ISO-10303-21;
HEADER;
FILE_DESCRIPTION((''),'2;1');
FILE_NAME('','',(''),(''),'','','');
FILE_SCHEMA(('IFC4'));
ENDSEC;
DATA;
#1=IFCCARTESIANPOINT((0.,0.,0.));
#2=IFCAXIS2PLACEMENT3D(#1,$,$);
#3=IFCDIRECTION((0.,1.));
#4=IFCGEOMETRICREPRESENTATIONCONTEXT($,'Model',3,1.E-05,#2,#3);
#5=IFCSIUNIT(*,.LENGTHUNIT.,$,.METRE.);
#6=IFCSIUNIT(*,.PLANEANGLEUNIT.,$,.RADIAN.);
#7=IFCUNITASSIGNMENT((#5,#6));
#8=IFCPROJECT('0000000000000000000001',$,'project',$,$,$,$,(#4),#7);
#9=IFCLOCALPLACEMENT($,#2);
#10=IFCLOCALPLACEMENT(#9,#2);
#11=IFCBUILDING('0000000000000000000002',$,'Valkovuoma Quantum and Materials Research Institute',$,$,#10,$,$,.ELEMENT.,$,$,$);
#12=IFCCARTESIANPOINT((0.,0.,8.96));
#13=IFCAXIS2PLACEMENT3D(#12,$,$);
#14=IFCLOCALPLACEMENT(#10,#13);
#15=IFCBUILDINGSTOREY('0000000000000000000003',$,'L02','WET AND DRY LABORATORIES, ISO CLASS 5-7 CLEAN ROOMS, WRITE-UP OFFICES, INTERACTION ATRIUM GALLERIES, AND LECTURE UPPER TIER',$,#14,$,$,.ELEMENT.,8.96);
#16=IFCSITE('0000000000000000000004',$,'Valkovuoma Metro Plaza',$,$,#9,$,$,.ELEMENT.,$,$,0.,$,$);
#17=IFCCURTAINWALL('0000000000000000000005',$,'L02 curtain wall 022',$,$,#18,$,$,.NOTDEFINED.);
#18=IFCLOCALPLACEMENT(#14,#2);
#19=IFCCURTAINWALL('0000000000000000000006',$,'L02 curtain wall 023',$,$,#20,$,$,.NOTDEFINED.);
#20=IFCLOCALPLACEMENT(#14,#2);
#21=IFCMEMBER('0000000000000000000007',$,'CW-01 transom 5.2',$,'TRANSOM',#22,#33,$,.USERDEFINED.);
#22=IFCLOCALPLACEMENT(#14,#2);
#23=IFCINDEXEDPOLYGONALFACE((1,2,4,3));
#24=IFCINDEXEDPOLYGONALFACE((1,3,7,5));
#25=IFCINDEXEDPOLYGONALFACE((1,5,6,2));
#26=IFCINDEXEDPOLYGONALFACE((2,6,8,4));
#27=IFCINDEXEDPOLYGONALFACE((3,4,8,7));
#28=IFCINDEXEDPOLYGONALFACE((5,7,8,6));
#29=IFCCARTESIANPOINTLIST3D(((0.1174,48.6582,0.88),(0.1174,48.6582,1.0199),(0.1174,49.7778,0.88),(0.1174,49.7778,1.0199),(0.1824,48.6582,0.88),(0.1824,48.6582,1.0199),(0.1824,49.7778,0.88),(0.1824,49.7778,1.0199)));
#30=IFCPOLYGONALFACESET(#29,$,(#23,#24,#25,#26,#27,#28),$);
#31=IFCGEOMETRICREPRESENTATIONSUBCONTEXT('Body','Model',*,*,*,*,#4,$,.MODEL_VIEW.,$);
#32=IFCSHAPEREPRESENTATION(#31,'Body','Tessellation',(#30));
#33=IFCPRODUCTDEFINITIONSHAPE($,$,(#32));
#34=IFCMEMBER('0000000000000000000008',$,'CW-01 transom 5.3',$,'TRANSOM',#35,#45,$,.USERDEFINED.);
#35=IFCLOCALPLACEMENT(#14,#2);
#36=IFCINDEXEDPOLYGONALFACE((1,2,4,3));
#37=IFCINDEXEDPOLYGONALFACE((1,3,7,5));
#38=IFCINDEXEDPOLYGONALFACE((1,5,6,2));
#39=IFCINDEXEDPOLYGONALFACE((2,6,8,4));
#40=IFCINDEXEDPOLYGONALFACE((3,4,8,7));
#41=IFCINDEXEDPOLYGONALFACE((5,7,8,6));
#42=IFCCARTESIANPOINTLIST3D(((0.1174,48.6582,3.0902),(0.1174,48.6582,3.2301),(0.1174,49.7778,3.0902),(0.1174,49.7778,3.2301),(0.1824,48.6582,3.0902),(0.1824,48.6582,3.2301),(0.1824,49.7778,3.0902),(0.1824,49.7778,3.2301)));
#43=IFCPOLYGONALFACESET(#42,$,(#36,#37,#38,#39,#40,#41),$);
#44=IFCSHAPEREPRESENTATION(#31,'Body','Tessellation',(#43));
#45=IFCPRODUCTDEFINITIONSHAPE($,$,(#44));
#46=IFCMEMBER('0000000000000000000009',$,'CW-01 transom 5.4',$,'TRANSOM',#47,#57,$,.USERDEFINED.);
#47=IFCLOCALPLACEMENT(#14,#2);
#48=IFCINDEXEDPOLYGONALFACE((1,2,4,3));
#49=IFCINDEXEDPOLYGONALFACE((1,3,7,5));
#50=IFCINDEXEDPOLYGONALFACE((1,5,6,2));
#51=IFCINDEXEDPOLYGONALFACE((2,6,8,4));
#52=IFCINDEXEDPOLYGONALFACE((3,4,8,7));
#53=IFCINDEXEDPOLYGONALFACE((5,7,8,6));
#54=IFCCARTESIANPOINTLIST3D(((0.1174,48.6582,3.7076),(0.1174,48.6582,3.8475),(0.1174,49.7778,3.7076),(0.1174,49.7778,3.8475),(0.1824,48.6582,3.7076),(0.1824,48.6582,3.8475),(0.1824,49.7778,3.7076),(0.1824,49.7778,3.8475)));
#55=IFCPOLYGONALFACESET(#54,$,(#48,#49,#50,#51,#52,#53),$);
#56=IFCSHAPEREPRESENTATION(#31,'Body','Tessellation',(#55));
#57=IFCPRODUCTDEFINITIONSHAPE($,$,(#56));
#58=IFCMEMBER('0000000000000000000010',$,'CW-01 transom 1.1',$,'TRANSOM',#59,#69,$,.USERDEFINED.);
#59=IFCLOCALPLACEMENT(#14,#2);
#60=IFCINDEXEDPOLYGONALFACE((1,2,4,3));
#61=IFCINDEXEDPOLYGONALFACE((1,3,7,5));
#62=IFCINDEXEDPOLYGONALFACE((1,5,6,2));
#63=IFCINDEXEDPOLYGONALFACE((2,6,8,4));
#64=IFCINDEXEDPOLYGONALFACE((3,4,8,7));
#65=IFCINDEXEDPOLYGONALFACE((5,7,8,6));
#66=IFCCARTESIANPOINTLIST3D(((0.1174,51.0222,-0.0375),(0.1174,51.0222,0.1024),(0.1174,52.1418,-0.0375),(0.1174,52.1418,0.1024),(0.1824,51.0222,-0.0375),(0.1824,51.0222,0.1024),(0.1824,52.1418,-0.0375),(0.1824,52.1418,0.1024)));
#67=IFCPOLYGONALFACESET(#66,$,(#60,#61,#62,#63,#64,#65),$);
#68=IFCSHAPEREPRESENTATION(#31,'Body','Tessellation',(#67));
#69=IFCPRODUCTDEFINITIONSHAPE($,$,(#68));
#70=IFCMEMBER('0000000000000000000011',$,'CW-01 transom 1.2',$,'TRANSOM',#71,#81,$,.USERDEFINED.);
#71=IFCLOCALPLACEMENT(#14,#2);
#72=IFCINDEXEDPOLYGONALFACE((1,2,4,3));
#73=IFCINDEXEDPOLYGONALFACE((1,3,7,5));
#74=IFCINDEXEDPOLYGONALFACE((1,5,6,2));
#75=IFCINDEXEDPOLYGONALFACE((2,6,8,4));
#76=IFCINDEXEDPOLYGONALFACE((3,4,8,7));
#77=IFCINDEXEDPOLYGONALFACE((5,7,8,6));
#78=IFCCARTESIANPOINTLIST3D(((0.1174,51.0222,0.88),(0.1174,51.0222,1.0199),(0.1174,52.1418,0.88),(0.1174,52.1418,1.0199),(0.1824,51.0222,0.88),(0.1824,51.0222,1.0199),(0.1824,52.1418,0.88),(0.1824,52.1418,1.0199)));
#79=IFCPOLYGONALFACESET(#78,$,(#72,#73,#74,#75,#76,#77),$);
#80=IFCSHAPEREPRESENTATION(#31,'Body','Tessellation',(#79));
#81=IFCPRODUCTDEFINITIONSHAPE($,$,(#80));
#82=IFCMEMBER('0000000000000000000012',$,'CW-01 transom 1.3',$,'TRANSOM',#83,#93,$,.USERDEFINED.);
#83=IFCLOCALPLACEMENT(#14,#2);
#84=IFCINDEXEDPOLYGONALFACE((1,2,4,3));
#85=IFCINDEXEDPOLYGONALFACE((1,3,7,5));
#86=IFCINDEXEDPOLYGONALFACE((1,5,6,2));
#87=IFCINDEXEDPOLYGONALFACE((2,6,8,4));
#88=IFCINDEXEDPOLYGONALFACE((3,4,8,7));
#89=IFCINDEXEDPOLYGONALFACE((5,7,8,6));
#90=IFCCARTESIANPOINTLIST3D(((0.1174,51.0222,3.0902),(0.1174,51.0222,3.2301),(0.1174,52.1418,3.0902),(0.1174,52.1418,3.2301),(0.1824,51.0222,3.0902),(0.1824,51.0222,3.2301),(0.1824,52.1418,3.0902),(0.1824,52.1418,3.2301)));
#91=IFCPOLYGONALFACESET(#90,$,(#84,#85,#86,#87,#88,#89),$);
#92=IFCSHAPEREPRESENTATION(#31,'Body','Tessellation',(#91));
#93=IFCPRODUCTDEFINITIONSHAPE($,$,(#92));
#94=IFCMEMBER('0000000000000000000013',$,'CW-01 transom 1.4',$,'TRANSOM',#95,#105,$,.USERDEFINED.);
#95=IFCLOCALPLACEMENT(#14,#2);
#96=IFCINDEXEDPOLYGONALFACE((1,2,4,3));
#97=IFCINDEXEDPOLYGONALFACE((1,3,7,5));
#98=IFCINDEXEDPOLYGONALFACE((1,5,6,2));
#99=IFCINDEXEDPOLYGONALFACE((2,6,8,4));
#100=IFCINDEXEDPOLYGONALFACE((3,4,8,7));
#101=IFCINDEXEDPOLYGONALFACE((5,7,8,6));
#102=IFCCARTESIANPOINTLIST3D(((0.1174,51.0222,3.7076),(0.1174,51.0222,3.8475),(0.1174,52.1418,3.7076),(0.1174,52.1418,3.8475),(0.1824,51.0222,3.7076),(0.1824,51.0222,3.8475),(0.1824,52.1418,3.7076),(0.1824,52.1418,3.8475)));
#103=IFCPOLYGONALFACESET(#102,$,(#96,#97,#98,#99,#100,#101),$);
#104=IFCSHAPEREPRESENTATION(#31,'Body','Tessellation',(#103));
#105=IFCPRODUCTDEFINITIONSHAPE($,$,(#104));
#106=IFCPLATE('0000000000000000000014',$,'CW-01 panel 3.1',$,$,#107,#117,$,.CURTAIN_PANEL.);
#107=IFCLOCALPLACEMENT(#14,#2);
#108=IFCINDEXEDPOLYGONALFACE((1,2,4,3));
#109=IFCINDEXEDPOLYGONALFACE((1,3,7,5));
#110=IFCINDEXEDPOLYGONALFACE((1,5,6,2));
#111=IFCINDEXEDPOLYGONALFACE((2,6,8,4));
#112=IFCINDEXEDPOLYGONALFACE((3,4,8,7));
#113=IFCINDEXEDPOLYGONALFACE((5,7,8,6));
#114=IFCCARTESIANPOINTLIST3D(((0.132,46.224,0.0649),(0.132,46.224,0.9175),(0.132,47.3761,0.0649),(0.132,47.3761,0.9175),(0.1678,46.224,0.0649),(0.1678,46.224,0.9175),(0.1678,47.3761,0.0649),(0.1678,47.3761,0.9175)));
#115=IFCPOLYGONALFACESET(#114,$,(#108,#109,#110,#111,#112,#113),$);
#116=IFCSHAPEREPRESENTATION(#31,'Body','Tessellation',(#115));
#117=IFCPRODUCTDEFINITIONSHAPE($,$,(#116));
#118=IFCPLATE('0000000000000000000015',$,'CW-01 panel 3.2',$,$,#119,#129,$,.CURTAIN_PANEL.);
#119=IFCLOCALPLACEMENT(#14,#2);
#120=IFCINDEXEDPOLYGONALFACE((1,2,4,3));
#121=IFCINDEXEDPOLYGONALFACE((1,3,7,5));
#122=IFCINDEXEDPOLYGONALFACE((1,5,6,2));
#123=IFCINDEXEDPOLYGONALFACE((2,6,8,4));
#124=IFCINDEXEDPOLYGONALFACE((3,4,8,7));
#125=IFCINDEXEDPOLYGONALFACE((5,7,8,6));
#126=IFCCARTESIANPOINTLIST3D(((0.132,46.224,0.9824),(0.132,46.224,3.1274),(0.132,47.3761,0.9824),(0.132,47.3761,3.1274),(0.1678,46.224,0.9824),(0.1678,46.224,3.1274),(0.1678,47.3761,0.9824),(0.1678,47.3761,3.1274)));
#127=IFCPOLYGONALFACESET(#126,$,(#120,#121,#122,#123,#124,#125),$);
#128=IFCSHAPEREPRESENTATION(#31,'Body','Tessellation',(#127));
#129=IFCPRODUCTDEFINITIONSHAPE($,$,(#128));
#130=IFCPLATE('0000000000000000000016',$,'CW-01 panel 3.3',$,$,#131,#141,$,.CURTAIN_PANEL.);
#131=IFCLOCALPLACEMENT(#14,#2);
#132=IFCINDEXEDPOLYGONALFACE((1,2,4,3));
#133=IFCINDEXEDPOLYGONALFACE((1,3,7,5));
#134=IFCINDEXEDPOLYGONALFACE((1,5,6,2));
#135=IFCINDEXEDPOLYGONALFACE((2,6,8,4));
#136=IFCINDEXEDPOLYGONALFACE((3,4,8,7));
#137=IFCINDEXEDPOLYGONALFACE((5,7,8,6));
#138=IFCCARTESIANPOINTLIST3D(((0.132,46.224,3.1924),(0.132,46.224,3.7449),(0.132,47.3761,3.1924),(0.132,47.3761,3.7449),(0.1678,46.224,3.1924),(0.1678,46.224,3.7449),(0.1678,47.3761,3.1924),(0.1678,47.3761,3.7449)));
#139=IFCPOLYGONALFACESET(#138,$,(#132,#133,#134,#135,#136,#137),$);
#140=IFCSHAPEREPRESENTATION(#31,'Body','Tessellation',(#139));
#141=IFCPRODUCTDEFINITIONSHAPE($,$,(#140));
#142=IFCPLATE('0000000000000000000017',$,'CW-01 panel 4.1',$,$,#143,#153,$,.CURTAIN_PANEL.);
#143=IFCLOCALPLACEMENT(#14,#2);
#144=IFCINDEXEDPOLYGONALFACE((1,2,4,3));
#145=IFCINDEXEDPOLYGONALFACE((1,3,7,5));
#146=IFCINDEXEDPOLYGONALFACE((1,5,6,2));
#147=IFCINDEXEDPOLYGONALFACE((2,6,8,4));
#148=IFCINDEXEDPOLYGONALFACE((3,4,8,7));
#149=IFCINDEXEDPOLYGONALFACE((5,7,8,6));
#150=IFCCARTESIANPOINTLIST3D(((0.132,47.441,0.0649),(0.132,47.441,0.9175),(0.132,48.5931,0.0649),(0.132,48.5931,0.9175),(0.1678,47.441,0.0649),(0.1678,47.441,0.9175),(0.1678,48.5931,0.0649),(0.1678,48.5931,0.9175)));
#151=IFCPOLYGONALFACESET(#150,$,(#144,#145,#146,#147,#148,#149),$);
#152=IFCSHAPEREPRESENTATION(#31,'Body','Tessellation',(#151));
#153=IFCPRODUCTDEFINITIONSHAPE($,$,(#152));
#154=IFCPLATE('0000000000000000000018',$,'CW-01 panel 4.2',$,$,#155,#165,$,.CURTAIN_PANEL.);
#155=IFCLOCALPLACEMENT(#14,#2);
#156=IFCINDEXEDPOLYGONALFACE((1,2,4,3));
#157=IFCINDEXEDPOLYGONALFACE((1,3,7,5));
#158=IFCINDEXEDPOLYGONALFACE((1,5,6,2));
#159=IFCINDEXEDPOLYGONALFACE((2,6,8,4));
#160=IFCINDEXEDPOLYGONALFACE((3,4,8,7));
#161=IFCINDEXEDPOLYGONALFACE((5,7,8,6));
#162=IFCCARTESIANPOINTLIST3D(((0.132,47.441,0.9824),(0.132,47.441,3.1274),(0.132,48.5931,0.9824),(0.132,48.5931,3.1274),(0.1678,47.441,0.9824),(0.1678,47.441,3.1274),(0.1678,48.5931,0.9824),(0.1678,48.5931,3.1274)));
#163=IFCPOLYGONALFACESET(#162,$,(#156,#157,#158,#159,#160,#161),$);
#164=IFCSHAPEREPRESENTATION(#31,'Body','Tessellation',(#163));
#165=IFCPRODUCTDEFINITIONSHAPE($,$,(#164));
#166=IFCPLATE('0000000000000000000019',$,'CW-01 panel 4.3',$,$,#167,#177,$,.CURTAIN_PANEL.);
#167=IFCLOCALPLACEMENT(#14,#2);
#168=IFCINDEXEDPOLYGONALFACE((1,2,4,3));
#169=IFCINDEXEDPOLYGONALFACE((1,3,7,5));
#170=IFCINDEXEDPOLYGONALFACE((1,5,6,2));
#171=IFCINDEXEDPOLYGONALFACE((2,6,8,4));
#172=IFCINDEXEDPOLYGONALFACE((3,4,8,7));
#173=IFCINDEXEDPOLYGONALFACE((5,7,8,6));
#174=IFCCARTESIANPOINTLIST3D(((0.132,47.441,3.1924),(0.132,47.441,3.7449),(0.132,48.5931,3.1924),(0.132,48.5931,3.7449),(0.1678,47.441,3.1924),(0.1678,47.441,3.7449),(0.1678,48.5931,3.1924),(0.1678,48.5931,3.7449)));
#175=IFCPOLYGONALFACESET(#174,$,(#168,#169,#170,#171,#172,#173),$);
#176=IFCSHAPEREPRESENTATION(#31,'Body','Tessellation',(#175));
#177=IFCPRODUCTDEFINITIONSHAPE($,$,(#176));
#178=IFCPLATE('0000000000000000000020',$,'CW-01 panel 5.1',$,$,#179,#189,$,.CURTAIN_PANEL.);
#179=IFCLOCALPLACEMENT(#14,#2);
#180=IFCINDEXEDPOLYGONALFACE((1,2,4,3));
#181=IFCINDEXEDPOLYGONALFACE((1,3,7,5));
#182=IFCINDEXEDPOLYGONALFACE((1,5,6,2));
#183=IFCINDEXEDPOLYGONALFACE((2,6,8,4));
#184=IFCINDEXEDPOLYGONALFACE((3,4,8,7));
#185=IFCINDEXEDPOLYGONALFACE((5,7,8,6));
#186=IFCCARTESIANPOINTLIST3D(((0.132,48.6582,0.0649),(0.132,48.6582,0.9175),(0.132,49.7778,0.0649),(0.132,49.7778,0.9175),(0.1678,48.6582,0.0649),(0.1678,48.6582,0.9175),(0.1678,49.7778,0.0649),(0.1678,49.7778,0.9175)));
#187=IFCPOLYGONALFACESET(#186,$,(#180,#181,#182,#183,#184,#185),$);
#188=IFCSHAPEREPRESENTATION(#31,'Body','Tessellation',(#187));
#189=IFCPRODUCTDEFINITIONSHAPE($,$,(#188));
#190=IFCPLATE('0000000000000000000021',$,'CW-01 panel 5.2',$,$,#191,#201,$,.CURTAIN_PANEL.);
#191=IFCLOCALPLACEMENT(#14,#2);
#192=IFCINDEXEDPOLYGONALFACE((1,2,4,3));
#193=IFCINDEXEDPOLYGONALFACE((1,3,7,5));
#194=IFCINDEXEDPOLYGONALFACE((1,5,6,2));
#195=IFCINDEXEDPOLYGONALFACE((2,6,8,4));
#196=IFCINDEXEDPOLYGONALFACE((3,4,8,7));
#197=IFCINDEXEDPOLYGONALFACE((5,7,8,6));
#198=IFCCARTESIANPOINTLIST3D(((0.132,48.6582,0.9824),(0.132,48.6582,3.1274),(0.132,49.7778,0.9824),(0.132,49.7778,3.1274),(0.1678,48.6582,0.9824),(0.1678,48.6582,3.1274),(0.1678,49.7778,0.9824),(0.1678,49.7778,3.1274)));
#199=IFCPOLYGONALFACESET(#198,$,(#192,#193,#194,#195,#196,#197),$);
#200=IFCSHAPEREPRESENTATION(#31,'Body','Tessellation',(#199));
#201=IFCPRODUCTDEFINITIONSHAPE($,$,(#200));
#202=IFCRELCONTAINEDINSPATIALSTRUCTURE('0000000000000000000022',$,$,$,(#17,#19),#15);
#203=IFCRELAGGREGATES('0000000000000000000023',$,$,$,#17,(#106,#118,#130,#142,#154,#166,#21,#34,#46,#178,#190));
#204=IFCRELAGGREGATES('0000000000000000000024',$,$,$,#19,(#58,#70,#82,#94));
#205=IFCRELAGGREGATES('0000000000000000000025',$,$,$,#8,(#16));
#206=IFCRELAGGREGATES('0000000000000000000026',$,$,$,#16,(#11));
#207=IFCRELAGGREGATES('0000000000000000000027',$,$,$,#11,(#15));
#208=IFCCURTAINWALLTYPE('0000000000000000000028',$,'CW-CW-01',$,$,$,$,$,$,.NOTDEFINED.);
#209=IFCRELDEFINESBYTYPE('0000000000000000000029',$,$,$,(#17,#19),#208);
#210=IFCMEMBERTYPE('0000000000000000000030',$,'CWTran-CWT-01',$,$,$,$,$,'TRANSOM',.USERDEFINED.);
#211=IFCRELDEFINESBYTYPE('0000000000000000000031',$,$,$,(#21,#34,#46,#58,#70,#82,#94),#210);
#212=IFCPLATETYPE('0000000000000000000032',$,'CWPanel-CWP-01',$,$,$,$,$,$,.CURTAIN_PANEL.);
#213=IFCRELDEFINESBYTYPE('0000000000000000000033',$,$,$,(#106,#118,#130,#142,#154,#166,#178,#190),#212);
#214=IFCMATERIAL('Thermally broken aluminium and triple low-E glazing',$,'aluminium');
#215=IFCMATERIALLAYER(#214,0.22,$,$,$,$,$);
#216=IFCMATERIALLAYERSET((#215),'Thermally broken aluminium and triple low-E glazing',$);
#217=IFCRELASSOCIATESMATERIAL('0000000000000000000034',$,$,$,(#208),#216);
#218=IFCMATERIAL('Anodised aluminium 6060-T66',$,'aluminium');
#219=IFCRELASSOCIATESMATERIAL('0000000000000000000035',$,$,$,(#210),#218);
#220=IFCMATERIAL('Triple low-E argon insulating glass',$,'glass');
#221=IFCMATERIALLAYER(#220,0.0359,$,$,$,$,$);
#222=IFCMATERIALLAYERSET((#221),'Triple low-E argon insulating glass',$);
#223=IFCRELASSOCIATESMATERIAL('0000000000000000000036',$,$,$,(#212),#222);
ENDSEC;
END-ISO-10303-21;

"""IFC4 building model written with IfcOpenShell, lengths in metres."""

from ifc_helpers import new_model, si_unit, direction, frame, origin, origin_2d, place, context, subcontext, project, spatial, rectangle, extrude, material, layer, layer_set, material_profile, profile_set, type_object, element, aggregate, save


model = new_model("IFC4")

# Units and contexts
model_context = context("Model", 3, precision=1e-05, world=origin(), true_north=direction((0.0, 1.0)))
body_context = subcontext(model_context, "Body", "Model", "MODEL_VIEW")
ifc_project = project(units=[si_unit("LENGTHUNIT", "METRE"), si_unit("PLANEANGLEUNIT", "RADIAN")], contexts=[model_context])

# Site, building, storey
site_placement = place(None, origin())
site = spatial("IfcSite", under=ifc_project, at=site_placement, Name="Valkovuoma Metro Plaza", CompositionType="ELEMENT", RefElevation=0.0)
building_placement = place(site_placement, origin())
building = spatial("IfcBuilding", under=site, at=building_placement, Name="Valkovuoma Quantum and Materials Research Institute", CompositionType="ELEMENT")
storey_placement = place(building_placement, frame((0.0, 0.0, 8.96)))
storey = spatial("IfcBuildingStorey", under=building, at=storey_placement, Name="L02", Description="WET AND DRY LABORATORIES, ISO CLASS 5-7 CLEAN ROOMS, WRITE-UP OFFICES, INTERACTION ATRIUM GALLERIES, AND LECTURE UPPER TIER", CompositionType="ELEMENT", Elevation=8.96)

# Curtain wall
ifc_material_1 = material(Name="Thermally broken aluminium and triple low-E glazing", Category="aluminium")
ifc_layer_1 = layer(ifc_material_1, 0.22)
ifc_layer_set_1 = layer_set([ifc_layer_1], Name="Thermally broken aluminium and triple low-E glazing")
curtain_wall_type = type_object("IfcCurtainWallType", Name="CW-CW-01", PredefinedType="NOTDEFINED", material=ifc_layer_set_1)
curtain_wall_1_placement = place(storey_placement, origin())
curtain_wall_1 = element("IfcCurtainWall", 1, at=curtain_wall_1_placement, inside=storey, type_object=curtain_wall_type, Name="L02 curtain wall 022", PredefinedType="NOTDEFINED")

# Curtain wall
curtain_wall_2_placement = place(storey_placement, origin())
curtain_wall_2 = element("IfcCurtainWall", 2, at=curtain_wall_2_placement, inside=storey, type_object=curtain_wall_type, Name="L02 curtain wall 023", PredefinedType="NOTDEFINED")

# Members
ifc_material_2 = material(Name="Anodised aluminium 6060-T66", Category="aluminium")
ifc_material_profile_1 = material_profile(ifc_material_2, rectangle(XDim=0.0649, YDim=0.1399, at=origin_2d()), Name="Anodised aluminium 6060-T66")
ifc_profile_set_1 = profile_set([ifc_material_profile_1], Name="Anodised aluminium 6060-T66")
member_type_1 = type_object("IfcMemberType", Name="CWTran-CWT-01", ElementType="TRANSOM", PredefinedType="USERDEFINED", material=ifc_profile_set_1)
member_1_placement = place(storey_placement, frame((0.1499, 48.6582, 0.95), z_axis=(0.0, 1.0, 0.0), x_axis=(-1.0, 0.0, 0.0)))
member_1 = element("IfcMember", 3, at=member_1_placement, type_object=member_type_1, Name="CW-01 transom 5.2", ObjectType="TRANSOM", PredefinedType="USERDEFINED", context=body_context, shape_type="SweptSolid", body=[
    extrude(rectangle(XDim=0.0649, YDim=0.1399, at=origin_2d()), origin(), (0.0, 0.0, 1.0), 1.1196),
])
member_2_placement = place(storey_placement, frame((0.1499, 48.6582, 3.1602), z_axis=(0.0, 1.0, 0.0), x_axis=(-1.0, 0.0, 0.0)))
member_2 = element("IfcMember", 4, at=member_2_placement, type_object=member_type_1, Name="CW-01 transom 5.3", ObjectType="TRANSOM", PredefinedType="USERDEFINED", context=body_context, shape_type="SweptSolid", body=[
    extrude(rectangle(XDim=0.0649, YDim=0.1399, at=origin_2d()), origin(), (0.0, 0.0, 1.0), 1.1196),
])
member_3_placement = place(storey_placement, frame((0.1499, 48.6582, 3.7776), z_axis=(0.0, 1.0, 0.0), x_axis=(-1.0, 0.0, 0.0)))
member_3 = element("IfcMember", 5, at=member_3_placement, type_object=member_type_1, Name="CW-01 transom 5.4", ObjectType="TRANSOM", PredefinedType="USERDEFINED", context=body_context, shape_type="SweptSolid", body=[
    extrude(rectangle(XDim=0.0649, YDim=0.1399, at=origin_2d()), origin(), (0.0, 0.0, 1.0), 1.1196),
])
member_4_placement = place(storey_placement, frame((0.1499, 51.0222, 0.0325), z_axis=(0.0, 1.0, 0.0), x_axis=(-1.0, 0.0, 0.0)))
member_4 = element("IfcMember", 6, at=member_4_placement, type_object=member_type_1, Name="CW-01 transom 1.1", ObjectType="TRANSOM", PredefinedType="USERDEFINED", context=body_context, shape_type="SweptSolid", body=[
    extrude(rectangle(XDim=0.0649, YDim=0.1399, at=origin_2d()), origin(), (0.0, 0.0, 1.0), 1.1196),
])
member_5_placement = place(storey_placement, frame((0.1499, 51.0222, 0.95), z_axis=(0.0, 1.0, 0.0), x_axis=(-1.0, 0.0, 0.0)))
member_5 = element("IfcMember", 7, at=member_5_placement, type_object=member_type_1, Name="CW-01 transom 1.2", ObjectType="TRANSOM", PredefinedType="USERDEFINED", context=body_context, shape_type="SweptSolid", body=[
    extrude(rectangle(XDim=0.0649, YDim=0.1399, at=origin_2d()), origin(), (0.0, 0.0, 1.0), 1.1196),
])
member_6_placement = place(storey_placement, frame((0.1499, 51.0222, 3.1602), z_axis=(0.0, 1.0, 0.0), x_axis=(-1.0, 0.0, 0.0)))
member_6 = element("IfcMember", 8, at=member_6_placement, type_object=member_type_1, Name="CW-01 transom 1.3", ObjectType="TRANSOM", PredefinedType="USERDEFINED", context=body_context, shape_type="SweptSolid", body=[
    extrude(rectangle(XDim=0.0649, YDim=0.1399, at=origin_2d()), origin(), (0.0, 0.0, 1.0), 1.1196),
])
member_7_placement = place(storey_placement, frame((0.1499, 51.0222, 3.7776), z_axis=(0.0, 1.0, 0.0), x_axis=(-1.0, 0.0, 0.0)))
member_7 = element("IfcMember", 9, at=member_7_placement, type_object=member_type_1, Name="CW-01 transom 1.4", ObjectType="TRANSOM", PredefinedType="USERDEFINED", context=body_context, shape_type="SweptSolid", body=[
    extrude(rectangle(XDim=0.0649, YDim=0.1399, at=origin_2d()), origin(), (0.0, 0.0, 1.0), 1.1196),
])

# Plates
ifc_material_3 = material(Name="Triple low-E argon insulating glass", Category="glass")
ifc_layer_2 = layer(ifc_material_3, 0.0359)
ifc_layer_set_2 = layer_set([ifc_layer_2], Name="Triple low-E argon insulating glass")
plate_type = type_object("IfcPlateType", Name="CWPanel-CWP-01", PredefinedType="CURTAIN_PANEL", material=ifc_layer_set_2)
plate_1_placement = place(storey_placement, frame((0.1499, 46.8, 0.0649), z_axis=(0.0, 0.0, 1.0), x_axis=(0.0, 1.0, 0.0)))
plate_1 = element("IfcPlate", 10, at=plate_1_placement, type_object=plate_type, Name="CW-01 panel 3.1", PredefinedType="CURTAIN_PANEL", context=body_context, shape_type="SweptSolid", body=[
    extrude(rectangle(XDim=1.1521, YDim=0.0359, at=origin_2d()), origin(), (0.0, 0.0, 1.0), 0.8525),
])
plate_2_placement = place(storey_placement, frame((0.1499, 46.8, 0.9824), z_axis=(0.0, 0.0, 1.0), x_axis=(0.0, 1.0, 0.0)))
plate_2 = element("IfcPlate", 11, at=plate_2_placement, type_object=plate_type, Name="CW-01 panel 3.2", PredefinedType="CURTAIN_PANEL", context=body_context, shape_type="SweptSolid", body=[
    extrude(rectangle(XDim=1.1521, YDim=0.0359, at=origin_2d()), origin(), (0.0, 0.0, 1.0), 2.145),
])
plate_3_placement = place(storey_placement, frame((0.1499, 46.8, 3.1924), z_axis=(0.0, 0.0, 1.0), x_axis=(0.0, 1.0, 0.0)))
plate_3 = element("IfcPlate", 12, at=plate_3_placement, type_object=plate_type, Name="CW-01 panel 3.3", PredefinedType="CURTAIN_PANEL", context=body_context, shape_type="SweptSolid", body=[
    extrude(rectangle(XDim=1.1521, YDim=0.0359, at=origin_2d()), origin(), (0.0, 0.0, 1.0), 0.5525),
])
plate_4_placement = place(storey_placement, frame((0.1499, 48.0171, 0.0649), z_axis=(0.0, 0.0, 1.0), x_axis=(0.0, 1.0, 0.0)))
plate_4 = element("IfcPlate", 13, at=plate_4_placement, type_object=plate_type, Name="CW-01 panel 4.1", PredefinedType="CURTAIN_PANEL", context=body_context, shape_type="SweptSolid", body=[
    extrude(rectangle(XDim=1.1521, YDim=0.0359, at=origin_2d()), origin(), (0.0, 0.0, 1.0), 0.8525),
])
plate_5_placement = place(storey_placement, frame((0.1499, 48.0171, 0.9824), z_axis=(0.0, 0.0, 1.0), x_axis=(0.0, 1.0, 0.0)))
plate_5 = element("IfcPlate", 14, at=plate_5_placement, type_object=plate_type, Name="CW-01 panel 4.2", PredefinedType="CURTAIN_PANEL", context=body_context, shape_type="SweptSolid", body=[
    extrude(rectangle(XDim=1.1521, YDim=0.0359, at=origin_2d()), origin(), (0.0, 0.0, 1.0), 2.145),
])
plate_6_placement = place(storey_placement, frame((0.1499, 48.0171, 3.1924), z_axis=(0.0, 0.0, 1.0), x_axis=(0.0, 1.0, 0.0)))
plate_6 = element("IfcPlate", 15, at=plate_6_placement, type_object=plate_type, Name="CW-01 panel 4.3", PredefinedType="CURTAIN_PANEL", context=body_context, shape_type="SweptSolid", body=[
    extrude(rectangle(XDim=1.1521, YDim=0.0359, at=origin_2d()), origin(), (0.0, 0.0, 1.0), 0.5525),
])
plate_7_placement = place(storey_placement, frame((0.1499, 49.218, 0.0649), z_axis=(0.0, 0.0, 1.0), x_axis=(0.0, 1.0, 0.0)))
plate_7 = element("IfcPlate", 16, at=plate_7_placement, type_object=plate_type, Name="CW-01 panel 5.1", PredefinedType="CURTAIN_PANEL", context=body_context, shape_type="SweptSolid", body=[
    extrude(rectangle(XDim=1.1196, YDim=0.0359, at=origin_2d()), origin(), (0.0, 0.0, 1.0), 0.8525),
])
plate_8_placement = place(storey_placement, frame((0.1499, 49.218, 0.9824), z_axis=(0.0, 0.0, 1.0), x_axis=(0.0, 1.0, 0.0)))
plate_8 = element("IfcPlate", 17, at=plate_8_placement, type_object=plate_type, Name="CW-01 panel 5.2", PredefinedType="CURTAIN_PANEL", context=body_context, shape_type="SweptSolid", body=[
    extrude(rectangle(XDim=1.1196, YDim=0.0359, at=origin_2d()), origin(), (0.0, 0.0, 1.0), 2.145),
])
aggregate(curtain_wall_1, [plate_1, plate_2, plate_3, plate_4, plate_5, plate_6, member_1, member_2, member_3, plate_7, plate_8])
aggregate(curtain_wall_2, [member_4, member_5, member_6, member_7])

save(model, "model.ifc")
